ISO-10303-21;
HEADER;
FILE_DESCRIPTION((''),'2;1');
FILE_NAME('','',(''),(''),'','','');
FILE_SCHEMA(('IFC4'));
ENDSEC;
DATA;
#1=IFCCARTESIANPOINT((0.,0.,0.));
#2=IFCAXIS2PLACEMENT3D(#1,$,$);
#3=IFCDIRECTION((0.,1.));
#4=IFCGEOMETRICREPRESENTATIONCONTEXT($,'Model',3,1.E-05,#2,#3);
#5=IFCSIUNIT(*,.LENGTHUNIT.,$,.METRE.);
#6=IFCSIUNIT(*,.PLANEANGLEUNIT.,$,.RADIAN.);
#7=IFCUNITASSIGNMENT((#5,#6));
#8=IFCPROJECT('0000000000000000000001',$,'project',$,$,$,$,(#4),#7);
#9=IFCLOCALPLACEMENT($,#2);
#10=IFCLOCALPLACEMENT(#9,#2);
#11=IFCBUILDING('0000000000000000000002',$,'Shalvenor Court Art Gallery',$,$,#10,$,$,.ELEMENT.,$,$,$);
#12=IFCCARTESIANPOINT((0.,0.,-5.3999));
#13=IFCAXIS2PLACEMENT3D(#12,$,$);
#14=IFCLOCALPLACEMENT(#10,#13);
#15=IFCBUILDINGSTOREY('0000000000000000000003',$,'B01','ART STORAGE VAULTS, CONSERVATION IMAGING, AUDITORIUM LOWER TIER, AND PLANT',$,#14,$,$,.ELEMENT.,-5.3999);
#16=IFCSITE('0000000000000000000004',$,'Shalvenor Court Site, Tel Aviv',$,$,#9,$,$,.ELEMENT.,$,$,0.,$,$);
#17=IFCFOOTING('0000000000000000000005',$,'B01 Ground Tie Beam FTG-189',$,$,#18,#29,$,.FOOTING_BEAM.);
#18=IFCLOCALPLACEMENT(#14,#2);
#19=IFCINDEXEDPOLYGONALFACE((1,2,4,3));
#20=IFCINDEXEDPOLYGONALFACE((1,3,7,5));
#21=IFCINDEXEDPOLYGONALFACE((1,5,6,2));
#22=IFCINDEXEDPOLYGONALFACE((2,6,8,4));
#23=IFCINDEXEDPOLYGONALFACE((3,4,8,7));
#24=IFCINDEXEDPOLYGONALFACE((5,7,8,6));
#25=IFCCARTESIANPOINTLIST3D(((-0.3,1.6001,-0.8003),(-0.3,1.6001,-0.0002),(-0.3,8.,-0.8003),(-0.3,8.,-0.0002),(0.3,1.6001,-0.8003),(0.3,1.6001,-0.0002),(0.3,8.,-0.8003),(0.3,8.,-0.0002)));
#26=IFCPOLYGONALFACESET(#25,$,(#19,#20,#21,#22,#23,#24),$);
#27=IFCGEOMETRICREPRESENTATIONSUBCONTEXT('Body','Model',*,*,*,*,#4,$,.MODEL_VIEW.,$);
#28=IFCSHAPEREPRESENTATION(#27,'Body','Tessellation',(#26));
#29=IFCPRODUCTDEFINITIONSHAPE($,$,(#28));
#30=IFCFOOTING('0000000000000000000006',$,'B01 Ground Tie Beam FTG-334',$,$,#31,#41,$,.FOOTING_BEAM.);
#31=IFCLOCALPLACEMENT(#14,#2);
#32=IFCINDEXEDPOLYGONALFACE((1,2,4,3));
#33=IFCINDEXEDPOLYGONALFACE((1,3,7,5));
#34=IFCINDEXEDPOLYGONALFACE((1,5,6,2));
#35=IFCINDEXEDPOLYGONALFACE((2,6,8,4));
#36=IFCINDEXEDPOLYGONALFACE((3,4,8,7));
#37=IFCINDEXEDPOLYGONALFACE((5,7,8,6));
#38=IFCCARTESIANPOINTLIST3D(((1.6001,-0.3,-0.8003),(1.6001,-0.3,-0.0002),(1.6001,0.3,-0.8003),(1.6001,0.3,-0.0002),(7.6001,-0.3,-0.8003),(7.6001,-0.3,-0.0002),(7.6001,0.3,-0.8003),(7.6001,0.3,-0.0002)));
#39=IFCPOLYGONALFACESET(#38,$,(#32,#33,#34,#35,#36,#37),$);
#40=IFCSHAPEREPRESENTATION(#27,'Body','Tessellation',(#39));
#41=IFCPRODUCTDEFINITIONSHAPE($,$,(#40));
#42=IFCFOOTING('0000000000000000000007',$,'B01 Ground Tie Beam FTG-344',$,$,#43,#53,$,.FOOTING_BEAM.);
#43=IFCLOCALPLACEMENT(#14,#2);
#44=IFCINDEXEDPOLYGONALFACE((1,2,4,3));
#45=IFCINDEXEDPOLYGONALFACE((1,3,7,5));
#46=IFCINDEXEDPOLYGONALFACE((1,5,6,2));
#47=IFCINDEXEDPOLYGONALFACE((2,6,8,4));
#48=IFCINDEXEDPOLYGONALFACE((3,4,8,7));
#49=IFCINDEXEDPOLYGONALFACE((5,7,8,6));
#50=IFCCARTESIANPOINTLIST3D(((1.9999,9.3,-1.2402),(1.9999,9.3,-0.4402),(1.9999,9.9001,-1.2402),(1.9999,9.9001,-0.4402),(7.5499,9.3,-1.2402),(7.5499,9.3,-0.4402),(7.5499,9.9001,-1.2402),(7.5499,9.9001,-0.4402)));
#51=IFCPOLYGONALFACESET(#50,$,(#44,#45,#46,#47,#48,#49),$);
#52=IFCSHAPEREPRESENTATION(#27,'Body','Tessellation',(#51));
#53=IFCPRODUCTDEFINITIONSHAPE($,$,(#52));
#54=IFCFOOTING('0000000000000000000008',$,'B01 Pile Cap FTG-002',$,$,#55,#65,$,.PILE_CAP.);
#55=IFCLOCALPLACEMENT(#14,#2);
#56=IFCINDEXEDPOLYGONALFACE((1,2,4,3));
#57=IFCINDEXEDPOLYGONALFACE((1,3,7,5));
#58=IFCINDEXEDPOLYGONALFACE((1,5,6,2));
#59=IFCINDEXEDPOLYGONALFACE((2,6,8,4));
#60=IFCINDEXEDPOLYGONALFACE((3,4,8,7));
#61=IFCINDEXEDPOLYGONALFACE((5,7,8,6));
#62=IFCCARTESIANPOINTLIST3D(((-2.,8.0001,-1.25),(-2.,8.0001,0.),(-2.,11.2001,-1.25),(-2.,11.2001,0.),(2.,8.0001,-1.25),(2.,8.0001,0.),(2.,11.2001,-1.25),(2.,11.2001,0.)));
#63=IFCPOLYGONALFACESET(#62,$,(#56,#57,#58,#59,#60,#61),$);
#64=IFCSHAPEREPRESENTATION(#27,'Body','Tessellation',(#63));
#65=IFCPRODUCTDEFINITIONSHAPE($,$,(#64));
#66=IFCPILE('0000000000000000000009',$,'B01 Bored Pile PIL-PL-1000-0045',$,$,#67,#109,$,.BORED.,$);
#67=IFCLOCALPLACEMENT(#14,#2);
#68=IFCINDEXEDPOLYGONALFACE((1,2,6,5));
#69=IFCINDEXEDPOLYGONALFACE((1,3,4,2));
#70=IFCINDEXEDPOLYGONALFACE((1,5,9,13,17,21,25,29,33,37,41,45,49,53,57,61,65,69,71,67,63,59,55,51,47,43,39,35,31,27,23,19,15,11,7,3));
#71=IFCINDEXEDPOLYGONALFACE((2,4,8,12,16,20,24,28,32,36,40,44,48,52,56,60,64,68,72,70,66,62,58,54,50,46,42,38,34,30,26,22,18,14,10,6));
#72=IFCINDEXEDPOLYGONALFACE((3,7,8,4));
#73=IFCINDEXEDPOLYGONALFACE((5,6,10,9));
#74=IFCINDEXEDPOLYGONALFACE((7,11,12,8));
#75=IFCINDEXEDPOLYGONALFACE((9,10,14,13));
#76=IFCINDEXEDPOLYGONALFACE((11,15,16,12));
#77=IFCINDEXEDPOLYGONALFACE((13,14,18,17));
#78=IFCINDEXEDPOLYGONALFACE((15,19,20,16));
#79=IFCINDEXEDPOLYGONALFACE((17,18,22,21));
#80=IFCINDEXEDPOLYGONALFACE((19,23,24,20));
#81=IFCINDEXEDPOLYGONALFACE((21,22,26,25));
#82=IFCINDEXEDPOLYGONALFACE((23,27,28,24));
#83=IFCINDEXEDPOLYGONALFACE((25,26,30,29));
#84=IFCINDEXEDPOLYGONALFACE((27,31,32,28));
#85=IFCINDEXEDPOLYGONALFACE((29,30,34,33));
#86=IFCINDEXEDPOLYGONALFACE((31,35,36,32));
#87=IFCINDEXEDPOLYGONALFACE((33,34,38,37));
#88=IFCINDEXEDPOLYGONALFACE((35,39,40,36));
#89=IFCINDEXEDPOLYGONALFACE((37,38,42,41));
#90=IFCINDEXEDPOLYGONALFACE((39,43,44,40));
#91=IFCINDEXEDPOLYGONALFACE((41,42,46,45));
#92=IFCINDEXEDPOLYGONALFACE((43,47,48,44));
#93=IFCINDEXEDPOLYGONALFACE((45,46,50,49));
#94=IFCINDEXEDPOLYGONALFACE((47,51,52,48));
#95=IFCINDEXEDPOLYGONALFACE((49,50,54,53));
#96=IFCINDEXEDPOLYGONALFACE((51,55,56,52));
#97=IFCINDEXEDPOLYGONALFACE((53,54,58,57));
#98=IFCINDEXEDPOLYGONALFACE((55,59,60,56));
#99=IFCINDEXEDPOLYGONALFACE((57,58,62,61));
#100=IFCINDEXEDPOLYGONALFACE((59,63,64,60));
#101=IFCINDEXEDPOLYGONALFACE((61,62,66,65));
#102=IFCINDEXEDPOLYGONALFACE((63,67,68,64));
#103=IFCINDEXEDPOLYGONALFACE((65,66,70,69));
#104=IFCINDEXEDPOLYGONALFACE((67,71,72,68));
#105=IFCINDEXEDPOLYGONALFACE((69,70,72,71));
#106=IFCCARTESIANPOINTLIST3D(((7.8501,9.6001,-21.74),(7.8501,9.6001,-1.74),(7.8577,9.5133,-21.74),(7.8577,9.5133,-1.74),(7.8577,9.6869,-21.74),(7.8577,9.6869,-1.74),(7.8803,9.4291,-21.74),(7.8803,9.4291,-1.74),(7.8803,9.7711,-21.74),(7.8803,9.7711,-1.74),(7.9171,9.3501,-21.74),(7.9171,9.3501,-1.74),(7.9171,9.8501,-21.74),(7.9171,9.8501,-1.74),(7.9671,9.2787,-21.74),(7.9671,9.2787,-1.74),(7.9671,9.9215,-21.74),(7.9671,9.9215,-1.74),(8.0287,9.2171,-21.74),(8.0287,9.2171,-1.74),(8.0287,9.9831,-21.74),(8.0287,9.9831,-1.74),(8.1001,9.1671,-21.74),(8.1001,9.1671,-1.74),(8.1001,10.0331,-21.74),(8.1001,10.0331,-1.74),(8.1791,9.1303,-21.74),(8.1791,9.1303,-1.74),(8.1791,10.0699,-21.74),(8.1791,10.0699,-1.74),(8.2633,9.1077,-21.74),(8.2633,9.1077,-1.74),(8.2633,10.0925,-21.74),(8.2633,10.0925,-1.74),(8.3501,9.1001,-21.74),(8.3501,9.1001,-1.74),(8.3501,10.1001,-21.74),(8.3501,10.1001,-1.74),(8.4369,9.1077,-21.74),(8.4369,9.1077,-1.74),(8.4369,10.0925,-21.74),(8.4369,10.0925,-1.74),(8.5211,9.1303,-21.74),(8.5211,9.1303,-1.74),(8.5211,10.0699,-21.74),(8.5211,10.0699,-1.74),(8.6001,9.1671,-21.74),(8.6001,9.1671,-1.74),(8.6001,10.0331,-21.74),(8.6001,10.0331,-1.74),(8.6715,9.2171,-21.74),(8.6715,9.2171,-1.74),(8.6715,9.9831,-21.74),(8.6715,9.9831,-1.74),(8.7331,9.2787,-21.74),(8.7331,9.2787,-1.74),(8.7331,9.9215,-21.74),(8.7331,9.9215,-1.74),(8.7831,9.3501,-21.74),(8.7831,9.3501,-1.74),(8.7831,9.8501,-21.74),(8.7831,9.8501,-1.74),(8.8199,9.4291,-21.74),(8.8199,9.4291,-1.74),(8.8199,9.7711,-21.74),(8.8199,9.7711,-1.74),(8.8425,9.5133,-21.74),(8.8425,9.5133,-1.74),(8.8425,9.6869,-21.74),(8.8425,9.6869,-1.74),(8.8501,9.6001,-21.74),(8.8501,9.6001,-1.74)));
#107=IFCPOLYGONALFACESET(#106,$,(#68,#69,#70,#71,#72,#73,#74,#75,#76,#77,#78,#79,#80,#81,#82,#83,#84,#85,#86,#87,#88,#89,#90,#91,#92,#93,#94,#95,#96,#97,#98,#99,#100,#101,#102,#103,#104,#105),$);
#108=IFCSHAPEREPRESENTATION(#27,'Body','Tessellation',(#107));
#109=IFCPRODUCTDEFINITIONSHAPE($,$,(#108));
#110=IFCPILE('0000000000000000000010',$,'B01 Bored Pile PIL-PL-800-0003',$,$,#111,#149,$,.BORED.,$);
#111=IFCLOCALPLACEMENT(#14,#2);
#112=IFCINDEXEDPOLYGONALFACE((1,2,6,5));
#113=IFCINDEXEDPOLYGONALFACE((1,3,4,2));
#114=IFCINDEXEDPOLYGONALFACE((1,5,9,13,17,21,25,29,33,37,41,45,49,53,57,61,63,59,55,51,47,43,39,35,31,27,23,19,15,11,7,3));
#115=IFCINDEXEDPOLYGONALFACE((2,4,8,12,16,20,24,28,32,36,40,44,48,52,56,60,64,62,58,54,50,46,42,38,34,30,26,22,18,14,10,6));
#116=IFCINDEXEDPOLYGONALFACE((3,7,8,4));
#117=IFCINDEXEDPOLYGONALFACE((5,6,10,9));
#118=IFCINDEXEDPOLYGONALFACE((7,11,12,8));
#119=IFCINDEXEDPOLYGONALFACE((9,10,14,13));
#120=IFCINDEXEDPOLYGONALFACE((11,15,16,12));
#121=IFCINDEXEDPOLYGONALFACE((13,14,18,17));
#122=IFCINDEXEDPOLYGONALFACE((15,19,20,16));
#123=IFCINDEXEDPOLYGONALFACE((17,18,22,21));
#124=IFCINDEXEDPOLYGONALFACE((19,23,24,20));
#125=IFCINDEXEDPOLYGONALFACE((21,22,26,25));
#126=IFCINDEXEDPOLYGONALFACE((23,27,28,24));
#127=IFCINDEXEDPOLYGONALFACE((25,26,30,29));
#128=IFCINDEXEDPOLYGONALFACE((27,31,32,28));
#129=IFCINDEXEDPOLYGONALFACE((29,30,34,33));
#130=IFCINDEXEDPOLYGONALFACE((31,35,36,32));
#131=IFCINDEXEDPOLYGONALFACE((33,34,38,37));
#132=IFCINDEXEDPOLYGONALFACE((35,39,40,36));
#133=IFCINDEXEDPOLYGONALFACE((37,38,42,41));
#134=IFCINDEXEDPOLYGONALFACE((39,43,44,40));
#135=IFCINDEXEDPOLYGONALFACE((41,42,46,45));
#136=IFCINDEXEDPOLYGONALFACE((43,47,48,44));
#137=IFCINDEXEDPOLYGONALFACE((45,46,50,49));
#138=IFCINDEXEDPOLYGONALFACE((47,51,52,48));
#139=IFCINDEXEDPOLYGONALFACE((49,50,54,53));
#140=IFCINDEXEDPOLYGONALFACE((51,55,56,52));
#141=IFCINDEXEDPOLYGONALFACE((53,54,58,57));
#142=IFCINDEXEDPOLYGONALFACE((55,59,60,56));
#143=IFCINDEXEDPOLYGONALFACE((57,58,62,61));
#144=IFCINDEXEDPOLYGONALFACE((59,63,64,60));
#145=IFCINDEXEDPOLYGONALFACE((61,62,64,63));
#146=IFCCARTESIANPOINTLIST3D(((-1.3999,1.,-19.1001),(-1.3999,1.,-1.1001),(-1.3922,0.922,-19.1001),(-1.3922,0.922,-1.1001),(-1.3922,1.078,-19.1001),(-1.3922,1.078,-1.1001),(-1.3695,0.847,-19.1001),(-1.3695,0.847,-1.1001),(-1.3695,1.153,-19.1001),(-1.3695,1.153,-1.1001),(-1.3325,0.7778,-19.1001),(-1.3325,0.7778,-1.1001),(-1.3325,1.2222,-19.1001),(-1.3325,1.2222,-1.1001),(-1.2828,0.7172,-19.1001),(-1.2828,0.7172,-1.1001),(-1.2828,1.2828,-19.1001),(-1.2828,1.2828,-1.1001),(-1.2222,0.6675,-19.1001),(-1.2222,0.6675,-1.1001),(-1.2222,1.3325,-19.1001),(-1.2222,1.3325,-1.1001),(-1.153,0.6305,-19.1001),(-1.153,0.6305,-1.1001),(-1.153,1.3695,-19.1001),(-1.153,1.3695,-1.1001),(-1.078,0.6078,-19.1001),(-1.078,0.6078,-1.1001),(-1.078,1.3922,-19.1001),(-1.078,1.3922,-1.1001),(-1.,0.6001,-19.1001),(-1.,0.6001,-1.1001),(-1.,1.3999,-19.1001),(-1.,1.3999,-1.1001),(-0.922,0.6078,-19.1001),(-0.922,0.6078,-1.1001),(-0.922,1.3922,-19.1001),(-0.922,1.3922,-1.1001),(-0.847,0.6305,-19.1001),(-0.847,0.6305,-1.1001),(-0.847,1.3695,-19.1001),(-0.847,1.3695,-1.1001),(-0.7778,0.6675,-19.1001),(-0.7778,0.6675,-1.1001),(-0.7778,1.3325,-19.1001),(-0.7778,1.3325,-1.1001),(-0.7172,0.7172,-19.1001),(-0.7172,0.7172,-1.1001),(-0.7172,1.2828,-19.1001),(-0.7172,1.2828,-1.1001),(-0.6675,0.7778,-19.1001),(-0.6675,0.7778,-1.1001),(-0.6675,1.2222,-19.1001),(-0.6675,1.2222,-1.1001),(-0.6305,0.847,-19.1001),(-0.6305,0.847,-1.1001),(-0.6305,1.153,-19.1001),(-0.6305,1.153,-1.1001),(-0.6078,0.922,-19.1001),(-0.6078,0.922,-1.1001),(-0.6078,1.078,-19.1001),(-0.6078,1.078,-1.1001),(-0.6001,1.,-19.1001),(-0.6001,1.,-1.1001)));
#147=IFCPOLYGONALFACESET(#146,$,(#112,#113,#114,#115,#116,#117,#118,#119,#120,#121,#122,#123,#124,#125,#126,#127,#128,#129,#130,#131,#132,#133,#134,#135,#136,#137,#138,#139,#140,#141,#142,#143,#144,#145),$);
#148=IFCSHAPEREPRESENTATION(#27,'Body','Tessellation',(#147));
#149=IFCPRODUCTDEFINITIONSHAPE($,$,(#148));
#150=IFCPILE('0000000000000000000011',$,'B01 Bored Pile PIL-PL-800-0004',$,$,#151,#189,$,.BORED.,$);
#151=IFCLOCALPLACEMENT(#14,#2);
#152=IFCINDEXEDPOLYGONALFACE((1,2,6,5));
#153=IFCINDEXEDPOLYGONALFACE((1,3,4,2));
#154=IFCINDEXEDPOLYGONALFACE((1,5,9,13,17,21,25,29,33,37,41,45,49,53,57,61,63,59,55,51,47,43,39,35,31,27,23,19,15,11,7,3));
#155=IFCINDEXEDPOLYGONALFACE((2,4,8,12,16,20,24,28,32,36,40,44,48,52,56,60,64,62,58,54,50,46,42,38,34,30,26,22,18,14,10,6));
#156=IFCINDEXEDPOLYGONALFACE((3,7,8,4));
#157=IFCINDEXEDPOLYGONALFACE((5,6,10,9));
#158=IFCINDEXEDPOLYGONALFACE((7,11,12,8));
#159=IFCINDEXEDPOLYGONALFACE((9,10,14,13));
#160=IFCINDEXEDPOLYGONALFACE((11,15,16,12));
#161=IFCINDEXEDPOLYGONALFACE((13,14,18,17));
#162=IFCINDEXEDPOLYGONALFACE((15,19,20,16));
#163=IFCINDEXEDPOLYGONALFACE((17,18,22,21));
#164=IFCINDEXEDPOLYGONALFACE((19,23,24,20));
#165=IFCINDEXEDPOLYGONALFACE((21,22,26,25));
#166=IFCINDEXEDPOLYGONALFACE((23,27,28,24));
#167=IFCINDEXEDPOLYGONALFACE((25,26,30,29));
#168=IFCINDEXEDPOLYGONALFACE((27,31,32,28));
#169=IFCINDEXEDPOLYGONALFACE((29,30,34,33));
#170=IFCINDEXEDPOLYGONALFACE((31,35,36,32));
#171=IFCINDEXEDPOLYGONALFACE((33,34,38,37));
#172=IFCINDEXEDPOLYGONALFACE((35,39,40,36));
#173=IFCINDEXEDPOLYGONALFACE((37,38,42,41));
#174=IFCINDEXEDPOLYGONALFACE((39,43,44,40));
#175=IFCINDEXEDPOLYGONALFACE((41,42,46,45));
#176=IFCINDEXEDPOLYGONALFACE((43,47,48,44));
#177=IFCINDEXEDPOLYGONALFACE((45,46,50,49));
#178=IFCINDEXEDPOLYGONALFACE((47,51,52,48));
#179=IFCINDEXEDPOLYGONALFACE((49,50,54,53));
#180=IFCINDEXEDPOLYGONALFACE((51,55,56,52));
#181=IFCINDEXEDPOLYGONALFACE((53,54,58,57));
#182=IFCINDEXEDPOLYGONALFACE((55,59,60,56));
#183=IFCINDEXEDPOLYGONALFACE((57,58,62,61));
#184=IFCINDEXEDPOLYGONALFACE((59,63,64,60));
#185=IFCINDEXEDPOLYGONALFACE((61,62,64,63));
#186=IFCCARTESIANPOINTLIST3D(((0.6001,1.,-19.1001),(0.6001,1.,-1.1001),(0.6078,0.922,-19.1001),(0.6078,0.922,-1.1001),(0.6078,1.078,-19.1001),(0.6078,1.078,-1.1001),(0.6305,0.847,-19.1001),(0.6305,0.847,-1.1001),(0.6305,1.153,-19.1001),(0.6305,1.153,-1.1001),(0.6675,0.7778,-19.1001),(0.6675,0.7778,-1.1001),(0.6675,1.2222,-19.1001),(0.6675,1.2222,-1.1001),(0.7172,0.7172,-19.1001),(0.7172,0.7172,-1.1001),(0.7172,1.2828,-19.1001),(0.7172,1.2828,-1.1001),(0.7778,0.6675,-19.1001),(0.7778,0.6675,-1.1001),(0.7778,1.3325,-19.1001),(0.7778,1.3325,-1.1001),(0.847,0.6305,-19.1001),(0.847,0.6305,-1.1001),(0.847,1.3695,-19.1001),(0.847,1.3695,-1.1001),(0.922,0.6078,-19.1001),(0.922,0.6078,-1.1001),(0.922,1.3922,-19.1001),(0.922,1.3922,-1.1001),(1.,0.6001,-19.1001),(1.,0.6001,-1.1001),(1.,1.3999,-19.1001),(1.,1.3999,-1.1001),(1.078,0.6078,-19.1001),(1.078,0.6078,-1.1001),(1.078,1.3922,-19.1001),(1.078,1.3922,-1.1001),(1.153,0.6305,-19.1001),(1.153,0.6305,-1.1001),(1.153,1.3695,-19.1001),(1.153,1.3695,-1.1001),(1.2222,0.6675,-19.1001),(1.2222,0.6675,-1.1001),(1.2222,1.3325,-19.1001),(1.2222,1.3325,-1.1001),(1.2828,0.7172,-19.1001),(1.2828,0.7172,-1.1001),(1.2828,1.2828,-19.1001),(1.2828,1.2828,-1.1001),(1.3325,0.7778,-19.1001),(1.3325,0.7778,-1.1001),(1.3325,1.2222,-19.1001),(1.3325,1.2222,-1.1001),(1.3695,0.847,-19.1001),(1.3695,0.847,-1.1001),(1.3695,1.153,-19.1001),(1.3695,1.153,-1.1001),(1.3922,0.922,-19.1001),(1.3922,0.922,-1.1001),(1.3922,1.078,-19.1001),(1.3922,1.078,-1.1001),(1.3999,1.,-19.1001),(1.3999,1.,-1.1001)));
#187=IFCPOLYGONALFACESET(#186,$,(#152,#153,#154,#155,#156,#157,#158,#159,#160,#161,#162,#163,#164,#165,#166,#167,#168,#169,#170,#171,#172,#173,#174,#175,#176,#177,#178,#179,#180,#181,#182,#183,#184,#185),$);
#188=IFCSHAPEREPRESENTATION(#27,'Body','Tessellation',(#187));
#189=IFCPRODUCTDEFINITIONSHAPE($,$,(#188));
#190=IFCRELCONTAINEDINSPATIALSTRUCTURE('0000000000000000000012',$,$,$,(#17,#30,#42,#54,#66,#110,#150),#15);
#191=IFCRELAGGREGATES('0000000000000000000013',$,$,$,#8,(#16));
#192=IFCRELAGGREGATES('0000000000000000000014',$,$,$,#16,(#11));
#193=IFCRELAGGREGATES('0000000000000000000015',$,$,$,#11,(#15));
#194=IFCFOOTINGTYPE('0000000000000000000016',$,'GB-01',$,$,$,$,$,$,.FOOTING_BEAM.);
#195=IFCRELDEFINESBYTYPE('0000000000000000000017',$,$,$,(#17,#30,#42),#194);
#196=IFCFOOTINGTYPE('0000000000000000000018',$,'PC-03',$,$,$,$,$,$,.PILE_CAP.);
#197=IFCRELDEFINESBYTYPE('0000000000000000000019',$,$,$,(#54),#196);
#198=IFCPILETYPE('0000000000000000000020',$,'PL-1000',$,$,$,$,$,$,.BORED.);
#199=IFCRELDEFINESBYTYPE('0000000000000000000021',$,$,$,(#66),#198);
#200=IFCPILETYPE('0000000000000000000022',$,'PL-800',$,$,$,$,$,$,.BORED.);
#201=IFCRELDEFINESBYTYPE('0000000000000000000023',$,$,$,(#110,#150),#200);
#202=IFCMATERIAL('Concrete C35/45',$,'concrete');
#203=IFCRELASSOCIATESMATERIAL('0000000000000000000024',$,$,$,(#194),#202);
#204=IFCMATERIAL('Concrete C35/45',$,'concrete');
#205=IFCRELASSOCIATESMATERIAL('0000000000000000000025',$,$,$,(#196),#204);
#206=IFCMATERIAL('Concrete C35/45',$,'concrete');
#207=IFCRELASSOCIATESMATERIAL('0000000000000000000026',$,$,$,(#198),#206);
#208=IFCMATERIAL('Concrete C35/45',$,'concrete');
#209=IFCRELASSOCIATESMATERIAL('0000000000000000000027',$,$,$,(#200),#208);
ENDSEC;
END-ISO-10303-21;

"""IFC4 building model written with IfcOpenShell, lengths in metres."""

from ifc_helpers import new_model, si_unit, direction, frame, origin, origin_2d, place, context, subcontext, project, spatial, rectangle, circle, extrude, material, material_profile, profile_set, type_object, element, save


model = new_model("IFC4")

# Units and contexts
model_context = context("Model", 3, precision=1e-05, world=origin(), true_north=direction((0.0, 1.0)))
body_context = subcontext(model_context, "Body", "Model", "MODEL_VIEW")
ifc_project = project(units=[si_unit("LENGTHUNIT", "METRE"), si_unit("PLANEANGLEUNIT", "RADIAN")], contexts=[model_context])

# Site, building, storey
site_placement = place(None, origin())
site = spatial("IfcSite", under=ifc_project, at=site_placement, Name="Shalvenor Court Site, Tel Aviv", CompositionType="ELEMENT", RefElevation=0.0)
building_placement = place(site_placement, origin())
building = spatial("IfcBuilding", under=site, at=building_placement, Name="Shalvenor Court Art Gallery", CompositionType="ELEMENT")
storey_placement = place(building_placement, frame((0.0, 0.0, -5.3999)))
storey = spatial("IfcBuildingStorey", under=building, at=storey_placement, Name="B01", Description="ART STORAGE VAULTS, CONSERVATION IMAGING, AUDITORIUM LOWER TIER, AND PLANT", CompositionType="ELEMENT", Elevation=-5.3999)

# Footings
ifc_material_1 = material(Name="Concrete C35/45", Category="concrete")
footing_type_1 = type_object("IfcFootingType", Name="GB-01", PredefinedType="FOOTING_BEAM", material=ifc_material_1)
footing_1_placement = place(storey_placement, frame((0.0, 4.8, -0.8003), z_axis=(0.0, 0.0, 1.0), x_axis=(0.0, 1.0, 0.0)))
element("IfcFooting", 1, at=footing_1_placement, inside=storey, type_object=footing_type_1, Name="B01 Ground Tie Beam FTG-189", PredefinedType="FOOTING_BEAM", context=body_context, shape_type="SweptSolid", body=[
    extrude(rectangle(XDim=6.3999, YDim=0.6001, at=origin_2d()), origin(), (0.0, 0.0, 1.0), 0.8),
])
footing_2_placement = place(storey_placement, frame((4.6001, 0.0, -0.8003), z_axis=(0.0, 0.0, 1.0), x_axis=(1.0, 0.0, 0.0)))
element("IfcFooting", 2, at=footing_2_placement, inside=storey, type_object=footing_type_1, Name="B01 Ground Tie Beam FTG-334", PredefinedType="FOOTING_BEAM", context=body_context, shape_type="SweptSolid", body=[
    extrude(rectangle(XDim=6.0, YDim=0.6001, at=origin_2d()), origin(), (0.0, 0.0, 1.0), 0.8),
])
footing_3_placement = place(storey_placement, frame((4.7749, 9.6001, -1.2402), z_axis=(0.0, 0.0, 1.0), x_axis=(1.0, 0.0, 0.0)))
element("IfcFooting", 3, at=footing_3_placement, inside=storey, type_object=footing_type_1, Name="B01 Ground Tie Beam FTG-344", PredefinedType="FOOTING_BEAM", context=body_context, shape_type="SweptSolid", body=[
    extrude(rectangle(XDim=5.55, YDim=0.6001, at=origin_2d()), origin(), (0.0, 0.0, 1.0), 0.8),
])
ifc_material_2 = material(Name="Concrete C35/45", Category="concrete")
footing_type_2 = type_object("IfcFootingType", Name="PC-03", PredefinedType="PILE_CAP", material=ifc_material_2)
footing_4_placement = place(storey_placement, frame((0.0, 9.6001, -1.25), z_axis=(0.0, 0.0, 1.0), x_axis=(1.0, 0.0, 0.0)))
element("IfcFooting", 4, at=footing_4_placement, inside=storey, type_object=footing_type_2, Name="B01 Pile Cap FTG-002", PredefinedType="PILE_CAP", context=body_context, shape_type="SweptSolid", body=[
    extrude(rectangle(XDim=4.0, YDim=3.2, at=origin_2d()), origin(), (0.0, 0.0, 1.0), 1.25),
])

# Piles
ifc_material_3 = material(Name="Concrete C35/45", Category="concrete")
ifc_material_profile_1 = material_profile(ifc_material_3, circle(Radius=0.5, at=origin_2d()), Name="PILE 1000")
ifc_profile_set_1 = profile_set([ifc_material_profile_1], Name="Concrete C35/45")
pile_type_1 = type_object("IfcPileType", Name="PL-1000", PredefinedType="BORED", material=ifc_profile_set_1)
pile_placement = place(storey_placement, frame((8.3501, 9.6001, -1.74), z_axis=(0.0, 0.0, -1.0), x_axis=(1.0, 0.0, 0.0)))
element("IfcPile", 5, at=pile_placement, inside=storey, type_object=pile_type_1, Name="B01 Bored Pile PIL-PL-1000-0045", PredefinedType="BORED", context=body_context, shape_type="SweptSolid", body=[
    extrude(circle(Radius=0.5, at=origin_2d()), origin(), (0.0, 0.0, 1.0), 20.0),
])
ifc_material_4 = material(Name="Concrete C35/45", Category="concrete")
ifc_material_profile_2 = material_profile(ifc_material_4, circle(Radius=0.3999, at=origin_2d()), Name="PILE 800")
ifc_profile_set_2 = profile_set([ifc_material_profile_2], Name="Concrete C35/45")
pile_type_2 = type_object("IfcPileType", Name="PL-800", PredefinedType="BORED", material=ifc_profile_set_2)
for number, where, z_axis, x_axis, name in (
    (6, (-1.0, 1.0, -1.1001), (0.0, 0.0, -1.0), (1.0, 0.0, 0.0), "B01 Bored Pile PIL-PL-800-0003"),
    (7, (1.0, 1.0, -1.1001), (0.0, 0.0, -1.0), (1.0, 0.0, 0.0), "B01 Bored Pile PIL-PL-800-0004"),
):
    element("IfcPile", number, at=place(storey_placement, frame(where, z_axis=z_axis, x_axis=x_axis)), inside=storey, type_object=pile_type_2, Name=name, PredefinedType="BORED", context=body_context, shape_type="SweptSolid", body=[
        extrude(circle(Radius=0.3999, at=origin_2d()), origin(), (0.0, 0.0, 1.0), 18.0),
    ])

save(model, "model.ifc")
